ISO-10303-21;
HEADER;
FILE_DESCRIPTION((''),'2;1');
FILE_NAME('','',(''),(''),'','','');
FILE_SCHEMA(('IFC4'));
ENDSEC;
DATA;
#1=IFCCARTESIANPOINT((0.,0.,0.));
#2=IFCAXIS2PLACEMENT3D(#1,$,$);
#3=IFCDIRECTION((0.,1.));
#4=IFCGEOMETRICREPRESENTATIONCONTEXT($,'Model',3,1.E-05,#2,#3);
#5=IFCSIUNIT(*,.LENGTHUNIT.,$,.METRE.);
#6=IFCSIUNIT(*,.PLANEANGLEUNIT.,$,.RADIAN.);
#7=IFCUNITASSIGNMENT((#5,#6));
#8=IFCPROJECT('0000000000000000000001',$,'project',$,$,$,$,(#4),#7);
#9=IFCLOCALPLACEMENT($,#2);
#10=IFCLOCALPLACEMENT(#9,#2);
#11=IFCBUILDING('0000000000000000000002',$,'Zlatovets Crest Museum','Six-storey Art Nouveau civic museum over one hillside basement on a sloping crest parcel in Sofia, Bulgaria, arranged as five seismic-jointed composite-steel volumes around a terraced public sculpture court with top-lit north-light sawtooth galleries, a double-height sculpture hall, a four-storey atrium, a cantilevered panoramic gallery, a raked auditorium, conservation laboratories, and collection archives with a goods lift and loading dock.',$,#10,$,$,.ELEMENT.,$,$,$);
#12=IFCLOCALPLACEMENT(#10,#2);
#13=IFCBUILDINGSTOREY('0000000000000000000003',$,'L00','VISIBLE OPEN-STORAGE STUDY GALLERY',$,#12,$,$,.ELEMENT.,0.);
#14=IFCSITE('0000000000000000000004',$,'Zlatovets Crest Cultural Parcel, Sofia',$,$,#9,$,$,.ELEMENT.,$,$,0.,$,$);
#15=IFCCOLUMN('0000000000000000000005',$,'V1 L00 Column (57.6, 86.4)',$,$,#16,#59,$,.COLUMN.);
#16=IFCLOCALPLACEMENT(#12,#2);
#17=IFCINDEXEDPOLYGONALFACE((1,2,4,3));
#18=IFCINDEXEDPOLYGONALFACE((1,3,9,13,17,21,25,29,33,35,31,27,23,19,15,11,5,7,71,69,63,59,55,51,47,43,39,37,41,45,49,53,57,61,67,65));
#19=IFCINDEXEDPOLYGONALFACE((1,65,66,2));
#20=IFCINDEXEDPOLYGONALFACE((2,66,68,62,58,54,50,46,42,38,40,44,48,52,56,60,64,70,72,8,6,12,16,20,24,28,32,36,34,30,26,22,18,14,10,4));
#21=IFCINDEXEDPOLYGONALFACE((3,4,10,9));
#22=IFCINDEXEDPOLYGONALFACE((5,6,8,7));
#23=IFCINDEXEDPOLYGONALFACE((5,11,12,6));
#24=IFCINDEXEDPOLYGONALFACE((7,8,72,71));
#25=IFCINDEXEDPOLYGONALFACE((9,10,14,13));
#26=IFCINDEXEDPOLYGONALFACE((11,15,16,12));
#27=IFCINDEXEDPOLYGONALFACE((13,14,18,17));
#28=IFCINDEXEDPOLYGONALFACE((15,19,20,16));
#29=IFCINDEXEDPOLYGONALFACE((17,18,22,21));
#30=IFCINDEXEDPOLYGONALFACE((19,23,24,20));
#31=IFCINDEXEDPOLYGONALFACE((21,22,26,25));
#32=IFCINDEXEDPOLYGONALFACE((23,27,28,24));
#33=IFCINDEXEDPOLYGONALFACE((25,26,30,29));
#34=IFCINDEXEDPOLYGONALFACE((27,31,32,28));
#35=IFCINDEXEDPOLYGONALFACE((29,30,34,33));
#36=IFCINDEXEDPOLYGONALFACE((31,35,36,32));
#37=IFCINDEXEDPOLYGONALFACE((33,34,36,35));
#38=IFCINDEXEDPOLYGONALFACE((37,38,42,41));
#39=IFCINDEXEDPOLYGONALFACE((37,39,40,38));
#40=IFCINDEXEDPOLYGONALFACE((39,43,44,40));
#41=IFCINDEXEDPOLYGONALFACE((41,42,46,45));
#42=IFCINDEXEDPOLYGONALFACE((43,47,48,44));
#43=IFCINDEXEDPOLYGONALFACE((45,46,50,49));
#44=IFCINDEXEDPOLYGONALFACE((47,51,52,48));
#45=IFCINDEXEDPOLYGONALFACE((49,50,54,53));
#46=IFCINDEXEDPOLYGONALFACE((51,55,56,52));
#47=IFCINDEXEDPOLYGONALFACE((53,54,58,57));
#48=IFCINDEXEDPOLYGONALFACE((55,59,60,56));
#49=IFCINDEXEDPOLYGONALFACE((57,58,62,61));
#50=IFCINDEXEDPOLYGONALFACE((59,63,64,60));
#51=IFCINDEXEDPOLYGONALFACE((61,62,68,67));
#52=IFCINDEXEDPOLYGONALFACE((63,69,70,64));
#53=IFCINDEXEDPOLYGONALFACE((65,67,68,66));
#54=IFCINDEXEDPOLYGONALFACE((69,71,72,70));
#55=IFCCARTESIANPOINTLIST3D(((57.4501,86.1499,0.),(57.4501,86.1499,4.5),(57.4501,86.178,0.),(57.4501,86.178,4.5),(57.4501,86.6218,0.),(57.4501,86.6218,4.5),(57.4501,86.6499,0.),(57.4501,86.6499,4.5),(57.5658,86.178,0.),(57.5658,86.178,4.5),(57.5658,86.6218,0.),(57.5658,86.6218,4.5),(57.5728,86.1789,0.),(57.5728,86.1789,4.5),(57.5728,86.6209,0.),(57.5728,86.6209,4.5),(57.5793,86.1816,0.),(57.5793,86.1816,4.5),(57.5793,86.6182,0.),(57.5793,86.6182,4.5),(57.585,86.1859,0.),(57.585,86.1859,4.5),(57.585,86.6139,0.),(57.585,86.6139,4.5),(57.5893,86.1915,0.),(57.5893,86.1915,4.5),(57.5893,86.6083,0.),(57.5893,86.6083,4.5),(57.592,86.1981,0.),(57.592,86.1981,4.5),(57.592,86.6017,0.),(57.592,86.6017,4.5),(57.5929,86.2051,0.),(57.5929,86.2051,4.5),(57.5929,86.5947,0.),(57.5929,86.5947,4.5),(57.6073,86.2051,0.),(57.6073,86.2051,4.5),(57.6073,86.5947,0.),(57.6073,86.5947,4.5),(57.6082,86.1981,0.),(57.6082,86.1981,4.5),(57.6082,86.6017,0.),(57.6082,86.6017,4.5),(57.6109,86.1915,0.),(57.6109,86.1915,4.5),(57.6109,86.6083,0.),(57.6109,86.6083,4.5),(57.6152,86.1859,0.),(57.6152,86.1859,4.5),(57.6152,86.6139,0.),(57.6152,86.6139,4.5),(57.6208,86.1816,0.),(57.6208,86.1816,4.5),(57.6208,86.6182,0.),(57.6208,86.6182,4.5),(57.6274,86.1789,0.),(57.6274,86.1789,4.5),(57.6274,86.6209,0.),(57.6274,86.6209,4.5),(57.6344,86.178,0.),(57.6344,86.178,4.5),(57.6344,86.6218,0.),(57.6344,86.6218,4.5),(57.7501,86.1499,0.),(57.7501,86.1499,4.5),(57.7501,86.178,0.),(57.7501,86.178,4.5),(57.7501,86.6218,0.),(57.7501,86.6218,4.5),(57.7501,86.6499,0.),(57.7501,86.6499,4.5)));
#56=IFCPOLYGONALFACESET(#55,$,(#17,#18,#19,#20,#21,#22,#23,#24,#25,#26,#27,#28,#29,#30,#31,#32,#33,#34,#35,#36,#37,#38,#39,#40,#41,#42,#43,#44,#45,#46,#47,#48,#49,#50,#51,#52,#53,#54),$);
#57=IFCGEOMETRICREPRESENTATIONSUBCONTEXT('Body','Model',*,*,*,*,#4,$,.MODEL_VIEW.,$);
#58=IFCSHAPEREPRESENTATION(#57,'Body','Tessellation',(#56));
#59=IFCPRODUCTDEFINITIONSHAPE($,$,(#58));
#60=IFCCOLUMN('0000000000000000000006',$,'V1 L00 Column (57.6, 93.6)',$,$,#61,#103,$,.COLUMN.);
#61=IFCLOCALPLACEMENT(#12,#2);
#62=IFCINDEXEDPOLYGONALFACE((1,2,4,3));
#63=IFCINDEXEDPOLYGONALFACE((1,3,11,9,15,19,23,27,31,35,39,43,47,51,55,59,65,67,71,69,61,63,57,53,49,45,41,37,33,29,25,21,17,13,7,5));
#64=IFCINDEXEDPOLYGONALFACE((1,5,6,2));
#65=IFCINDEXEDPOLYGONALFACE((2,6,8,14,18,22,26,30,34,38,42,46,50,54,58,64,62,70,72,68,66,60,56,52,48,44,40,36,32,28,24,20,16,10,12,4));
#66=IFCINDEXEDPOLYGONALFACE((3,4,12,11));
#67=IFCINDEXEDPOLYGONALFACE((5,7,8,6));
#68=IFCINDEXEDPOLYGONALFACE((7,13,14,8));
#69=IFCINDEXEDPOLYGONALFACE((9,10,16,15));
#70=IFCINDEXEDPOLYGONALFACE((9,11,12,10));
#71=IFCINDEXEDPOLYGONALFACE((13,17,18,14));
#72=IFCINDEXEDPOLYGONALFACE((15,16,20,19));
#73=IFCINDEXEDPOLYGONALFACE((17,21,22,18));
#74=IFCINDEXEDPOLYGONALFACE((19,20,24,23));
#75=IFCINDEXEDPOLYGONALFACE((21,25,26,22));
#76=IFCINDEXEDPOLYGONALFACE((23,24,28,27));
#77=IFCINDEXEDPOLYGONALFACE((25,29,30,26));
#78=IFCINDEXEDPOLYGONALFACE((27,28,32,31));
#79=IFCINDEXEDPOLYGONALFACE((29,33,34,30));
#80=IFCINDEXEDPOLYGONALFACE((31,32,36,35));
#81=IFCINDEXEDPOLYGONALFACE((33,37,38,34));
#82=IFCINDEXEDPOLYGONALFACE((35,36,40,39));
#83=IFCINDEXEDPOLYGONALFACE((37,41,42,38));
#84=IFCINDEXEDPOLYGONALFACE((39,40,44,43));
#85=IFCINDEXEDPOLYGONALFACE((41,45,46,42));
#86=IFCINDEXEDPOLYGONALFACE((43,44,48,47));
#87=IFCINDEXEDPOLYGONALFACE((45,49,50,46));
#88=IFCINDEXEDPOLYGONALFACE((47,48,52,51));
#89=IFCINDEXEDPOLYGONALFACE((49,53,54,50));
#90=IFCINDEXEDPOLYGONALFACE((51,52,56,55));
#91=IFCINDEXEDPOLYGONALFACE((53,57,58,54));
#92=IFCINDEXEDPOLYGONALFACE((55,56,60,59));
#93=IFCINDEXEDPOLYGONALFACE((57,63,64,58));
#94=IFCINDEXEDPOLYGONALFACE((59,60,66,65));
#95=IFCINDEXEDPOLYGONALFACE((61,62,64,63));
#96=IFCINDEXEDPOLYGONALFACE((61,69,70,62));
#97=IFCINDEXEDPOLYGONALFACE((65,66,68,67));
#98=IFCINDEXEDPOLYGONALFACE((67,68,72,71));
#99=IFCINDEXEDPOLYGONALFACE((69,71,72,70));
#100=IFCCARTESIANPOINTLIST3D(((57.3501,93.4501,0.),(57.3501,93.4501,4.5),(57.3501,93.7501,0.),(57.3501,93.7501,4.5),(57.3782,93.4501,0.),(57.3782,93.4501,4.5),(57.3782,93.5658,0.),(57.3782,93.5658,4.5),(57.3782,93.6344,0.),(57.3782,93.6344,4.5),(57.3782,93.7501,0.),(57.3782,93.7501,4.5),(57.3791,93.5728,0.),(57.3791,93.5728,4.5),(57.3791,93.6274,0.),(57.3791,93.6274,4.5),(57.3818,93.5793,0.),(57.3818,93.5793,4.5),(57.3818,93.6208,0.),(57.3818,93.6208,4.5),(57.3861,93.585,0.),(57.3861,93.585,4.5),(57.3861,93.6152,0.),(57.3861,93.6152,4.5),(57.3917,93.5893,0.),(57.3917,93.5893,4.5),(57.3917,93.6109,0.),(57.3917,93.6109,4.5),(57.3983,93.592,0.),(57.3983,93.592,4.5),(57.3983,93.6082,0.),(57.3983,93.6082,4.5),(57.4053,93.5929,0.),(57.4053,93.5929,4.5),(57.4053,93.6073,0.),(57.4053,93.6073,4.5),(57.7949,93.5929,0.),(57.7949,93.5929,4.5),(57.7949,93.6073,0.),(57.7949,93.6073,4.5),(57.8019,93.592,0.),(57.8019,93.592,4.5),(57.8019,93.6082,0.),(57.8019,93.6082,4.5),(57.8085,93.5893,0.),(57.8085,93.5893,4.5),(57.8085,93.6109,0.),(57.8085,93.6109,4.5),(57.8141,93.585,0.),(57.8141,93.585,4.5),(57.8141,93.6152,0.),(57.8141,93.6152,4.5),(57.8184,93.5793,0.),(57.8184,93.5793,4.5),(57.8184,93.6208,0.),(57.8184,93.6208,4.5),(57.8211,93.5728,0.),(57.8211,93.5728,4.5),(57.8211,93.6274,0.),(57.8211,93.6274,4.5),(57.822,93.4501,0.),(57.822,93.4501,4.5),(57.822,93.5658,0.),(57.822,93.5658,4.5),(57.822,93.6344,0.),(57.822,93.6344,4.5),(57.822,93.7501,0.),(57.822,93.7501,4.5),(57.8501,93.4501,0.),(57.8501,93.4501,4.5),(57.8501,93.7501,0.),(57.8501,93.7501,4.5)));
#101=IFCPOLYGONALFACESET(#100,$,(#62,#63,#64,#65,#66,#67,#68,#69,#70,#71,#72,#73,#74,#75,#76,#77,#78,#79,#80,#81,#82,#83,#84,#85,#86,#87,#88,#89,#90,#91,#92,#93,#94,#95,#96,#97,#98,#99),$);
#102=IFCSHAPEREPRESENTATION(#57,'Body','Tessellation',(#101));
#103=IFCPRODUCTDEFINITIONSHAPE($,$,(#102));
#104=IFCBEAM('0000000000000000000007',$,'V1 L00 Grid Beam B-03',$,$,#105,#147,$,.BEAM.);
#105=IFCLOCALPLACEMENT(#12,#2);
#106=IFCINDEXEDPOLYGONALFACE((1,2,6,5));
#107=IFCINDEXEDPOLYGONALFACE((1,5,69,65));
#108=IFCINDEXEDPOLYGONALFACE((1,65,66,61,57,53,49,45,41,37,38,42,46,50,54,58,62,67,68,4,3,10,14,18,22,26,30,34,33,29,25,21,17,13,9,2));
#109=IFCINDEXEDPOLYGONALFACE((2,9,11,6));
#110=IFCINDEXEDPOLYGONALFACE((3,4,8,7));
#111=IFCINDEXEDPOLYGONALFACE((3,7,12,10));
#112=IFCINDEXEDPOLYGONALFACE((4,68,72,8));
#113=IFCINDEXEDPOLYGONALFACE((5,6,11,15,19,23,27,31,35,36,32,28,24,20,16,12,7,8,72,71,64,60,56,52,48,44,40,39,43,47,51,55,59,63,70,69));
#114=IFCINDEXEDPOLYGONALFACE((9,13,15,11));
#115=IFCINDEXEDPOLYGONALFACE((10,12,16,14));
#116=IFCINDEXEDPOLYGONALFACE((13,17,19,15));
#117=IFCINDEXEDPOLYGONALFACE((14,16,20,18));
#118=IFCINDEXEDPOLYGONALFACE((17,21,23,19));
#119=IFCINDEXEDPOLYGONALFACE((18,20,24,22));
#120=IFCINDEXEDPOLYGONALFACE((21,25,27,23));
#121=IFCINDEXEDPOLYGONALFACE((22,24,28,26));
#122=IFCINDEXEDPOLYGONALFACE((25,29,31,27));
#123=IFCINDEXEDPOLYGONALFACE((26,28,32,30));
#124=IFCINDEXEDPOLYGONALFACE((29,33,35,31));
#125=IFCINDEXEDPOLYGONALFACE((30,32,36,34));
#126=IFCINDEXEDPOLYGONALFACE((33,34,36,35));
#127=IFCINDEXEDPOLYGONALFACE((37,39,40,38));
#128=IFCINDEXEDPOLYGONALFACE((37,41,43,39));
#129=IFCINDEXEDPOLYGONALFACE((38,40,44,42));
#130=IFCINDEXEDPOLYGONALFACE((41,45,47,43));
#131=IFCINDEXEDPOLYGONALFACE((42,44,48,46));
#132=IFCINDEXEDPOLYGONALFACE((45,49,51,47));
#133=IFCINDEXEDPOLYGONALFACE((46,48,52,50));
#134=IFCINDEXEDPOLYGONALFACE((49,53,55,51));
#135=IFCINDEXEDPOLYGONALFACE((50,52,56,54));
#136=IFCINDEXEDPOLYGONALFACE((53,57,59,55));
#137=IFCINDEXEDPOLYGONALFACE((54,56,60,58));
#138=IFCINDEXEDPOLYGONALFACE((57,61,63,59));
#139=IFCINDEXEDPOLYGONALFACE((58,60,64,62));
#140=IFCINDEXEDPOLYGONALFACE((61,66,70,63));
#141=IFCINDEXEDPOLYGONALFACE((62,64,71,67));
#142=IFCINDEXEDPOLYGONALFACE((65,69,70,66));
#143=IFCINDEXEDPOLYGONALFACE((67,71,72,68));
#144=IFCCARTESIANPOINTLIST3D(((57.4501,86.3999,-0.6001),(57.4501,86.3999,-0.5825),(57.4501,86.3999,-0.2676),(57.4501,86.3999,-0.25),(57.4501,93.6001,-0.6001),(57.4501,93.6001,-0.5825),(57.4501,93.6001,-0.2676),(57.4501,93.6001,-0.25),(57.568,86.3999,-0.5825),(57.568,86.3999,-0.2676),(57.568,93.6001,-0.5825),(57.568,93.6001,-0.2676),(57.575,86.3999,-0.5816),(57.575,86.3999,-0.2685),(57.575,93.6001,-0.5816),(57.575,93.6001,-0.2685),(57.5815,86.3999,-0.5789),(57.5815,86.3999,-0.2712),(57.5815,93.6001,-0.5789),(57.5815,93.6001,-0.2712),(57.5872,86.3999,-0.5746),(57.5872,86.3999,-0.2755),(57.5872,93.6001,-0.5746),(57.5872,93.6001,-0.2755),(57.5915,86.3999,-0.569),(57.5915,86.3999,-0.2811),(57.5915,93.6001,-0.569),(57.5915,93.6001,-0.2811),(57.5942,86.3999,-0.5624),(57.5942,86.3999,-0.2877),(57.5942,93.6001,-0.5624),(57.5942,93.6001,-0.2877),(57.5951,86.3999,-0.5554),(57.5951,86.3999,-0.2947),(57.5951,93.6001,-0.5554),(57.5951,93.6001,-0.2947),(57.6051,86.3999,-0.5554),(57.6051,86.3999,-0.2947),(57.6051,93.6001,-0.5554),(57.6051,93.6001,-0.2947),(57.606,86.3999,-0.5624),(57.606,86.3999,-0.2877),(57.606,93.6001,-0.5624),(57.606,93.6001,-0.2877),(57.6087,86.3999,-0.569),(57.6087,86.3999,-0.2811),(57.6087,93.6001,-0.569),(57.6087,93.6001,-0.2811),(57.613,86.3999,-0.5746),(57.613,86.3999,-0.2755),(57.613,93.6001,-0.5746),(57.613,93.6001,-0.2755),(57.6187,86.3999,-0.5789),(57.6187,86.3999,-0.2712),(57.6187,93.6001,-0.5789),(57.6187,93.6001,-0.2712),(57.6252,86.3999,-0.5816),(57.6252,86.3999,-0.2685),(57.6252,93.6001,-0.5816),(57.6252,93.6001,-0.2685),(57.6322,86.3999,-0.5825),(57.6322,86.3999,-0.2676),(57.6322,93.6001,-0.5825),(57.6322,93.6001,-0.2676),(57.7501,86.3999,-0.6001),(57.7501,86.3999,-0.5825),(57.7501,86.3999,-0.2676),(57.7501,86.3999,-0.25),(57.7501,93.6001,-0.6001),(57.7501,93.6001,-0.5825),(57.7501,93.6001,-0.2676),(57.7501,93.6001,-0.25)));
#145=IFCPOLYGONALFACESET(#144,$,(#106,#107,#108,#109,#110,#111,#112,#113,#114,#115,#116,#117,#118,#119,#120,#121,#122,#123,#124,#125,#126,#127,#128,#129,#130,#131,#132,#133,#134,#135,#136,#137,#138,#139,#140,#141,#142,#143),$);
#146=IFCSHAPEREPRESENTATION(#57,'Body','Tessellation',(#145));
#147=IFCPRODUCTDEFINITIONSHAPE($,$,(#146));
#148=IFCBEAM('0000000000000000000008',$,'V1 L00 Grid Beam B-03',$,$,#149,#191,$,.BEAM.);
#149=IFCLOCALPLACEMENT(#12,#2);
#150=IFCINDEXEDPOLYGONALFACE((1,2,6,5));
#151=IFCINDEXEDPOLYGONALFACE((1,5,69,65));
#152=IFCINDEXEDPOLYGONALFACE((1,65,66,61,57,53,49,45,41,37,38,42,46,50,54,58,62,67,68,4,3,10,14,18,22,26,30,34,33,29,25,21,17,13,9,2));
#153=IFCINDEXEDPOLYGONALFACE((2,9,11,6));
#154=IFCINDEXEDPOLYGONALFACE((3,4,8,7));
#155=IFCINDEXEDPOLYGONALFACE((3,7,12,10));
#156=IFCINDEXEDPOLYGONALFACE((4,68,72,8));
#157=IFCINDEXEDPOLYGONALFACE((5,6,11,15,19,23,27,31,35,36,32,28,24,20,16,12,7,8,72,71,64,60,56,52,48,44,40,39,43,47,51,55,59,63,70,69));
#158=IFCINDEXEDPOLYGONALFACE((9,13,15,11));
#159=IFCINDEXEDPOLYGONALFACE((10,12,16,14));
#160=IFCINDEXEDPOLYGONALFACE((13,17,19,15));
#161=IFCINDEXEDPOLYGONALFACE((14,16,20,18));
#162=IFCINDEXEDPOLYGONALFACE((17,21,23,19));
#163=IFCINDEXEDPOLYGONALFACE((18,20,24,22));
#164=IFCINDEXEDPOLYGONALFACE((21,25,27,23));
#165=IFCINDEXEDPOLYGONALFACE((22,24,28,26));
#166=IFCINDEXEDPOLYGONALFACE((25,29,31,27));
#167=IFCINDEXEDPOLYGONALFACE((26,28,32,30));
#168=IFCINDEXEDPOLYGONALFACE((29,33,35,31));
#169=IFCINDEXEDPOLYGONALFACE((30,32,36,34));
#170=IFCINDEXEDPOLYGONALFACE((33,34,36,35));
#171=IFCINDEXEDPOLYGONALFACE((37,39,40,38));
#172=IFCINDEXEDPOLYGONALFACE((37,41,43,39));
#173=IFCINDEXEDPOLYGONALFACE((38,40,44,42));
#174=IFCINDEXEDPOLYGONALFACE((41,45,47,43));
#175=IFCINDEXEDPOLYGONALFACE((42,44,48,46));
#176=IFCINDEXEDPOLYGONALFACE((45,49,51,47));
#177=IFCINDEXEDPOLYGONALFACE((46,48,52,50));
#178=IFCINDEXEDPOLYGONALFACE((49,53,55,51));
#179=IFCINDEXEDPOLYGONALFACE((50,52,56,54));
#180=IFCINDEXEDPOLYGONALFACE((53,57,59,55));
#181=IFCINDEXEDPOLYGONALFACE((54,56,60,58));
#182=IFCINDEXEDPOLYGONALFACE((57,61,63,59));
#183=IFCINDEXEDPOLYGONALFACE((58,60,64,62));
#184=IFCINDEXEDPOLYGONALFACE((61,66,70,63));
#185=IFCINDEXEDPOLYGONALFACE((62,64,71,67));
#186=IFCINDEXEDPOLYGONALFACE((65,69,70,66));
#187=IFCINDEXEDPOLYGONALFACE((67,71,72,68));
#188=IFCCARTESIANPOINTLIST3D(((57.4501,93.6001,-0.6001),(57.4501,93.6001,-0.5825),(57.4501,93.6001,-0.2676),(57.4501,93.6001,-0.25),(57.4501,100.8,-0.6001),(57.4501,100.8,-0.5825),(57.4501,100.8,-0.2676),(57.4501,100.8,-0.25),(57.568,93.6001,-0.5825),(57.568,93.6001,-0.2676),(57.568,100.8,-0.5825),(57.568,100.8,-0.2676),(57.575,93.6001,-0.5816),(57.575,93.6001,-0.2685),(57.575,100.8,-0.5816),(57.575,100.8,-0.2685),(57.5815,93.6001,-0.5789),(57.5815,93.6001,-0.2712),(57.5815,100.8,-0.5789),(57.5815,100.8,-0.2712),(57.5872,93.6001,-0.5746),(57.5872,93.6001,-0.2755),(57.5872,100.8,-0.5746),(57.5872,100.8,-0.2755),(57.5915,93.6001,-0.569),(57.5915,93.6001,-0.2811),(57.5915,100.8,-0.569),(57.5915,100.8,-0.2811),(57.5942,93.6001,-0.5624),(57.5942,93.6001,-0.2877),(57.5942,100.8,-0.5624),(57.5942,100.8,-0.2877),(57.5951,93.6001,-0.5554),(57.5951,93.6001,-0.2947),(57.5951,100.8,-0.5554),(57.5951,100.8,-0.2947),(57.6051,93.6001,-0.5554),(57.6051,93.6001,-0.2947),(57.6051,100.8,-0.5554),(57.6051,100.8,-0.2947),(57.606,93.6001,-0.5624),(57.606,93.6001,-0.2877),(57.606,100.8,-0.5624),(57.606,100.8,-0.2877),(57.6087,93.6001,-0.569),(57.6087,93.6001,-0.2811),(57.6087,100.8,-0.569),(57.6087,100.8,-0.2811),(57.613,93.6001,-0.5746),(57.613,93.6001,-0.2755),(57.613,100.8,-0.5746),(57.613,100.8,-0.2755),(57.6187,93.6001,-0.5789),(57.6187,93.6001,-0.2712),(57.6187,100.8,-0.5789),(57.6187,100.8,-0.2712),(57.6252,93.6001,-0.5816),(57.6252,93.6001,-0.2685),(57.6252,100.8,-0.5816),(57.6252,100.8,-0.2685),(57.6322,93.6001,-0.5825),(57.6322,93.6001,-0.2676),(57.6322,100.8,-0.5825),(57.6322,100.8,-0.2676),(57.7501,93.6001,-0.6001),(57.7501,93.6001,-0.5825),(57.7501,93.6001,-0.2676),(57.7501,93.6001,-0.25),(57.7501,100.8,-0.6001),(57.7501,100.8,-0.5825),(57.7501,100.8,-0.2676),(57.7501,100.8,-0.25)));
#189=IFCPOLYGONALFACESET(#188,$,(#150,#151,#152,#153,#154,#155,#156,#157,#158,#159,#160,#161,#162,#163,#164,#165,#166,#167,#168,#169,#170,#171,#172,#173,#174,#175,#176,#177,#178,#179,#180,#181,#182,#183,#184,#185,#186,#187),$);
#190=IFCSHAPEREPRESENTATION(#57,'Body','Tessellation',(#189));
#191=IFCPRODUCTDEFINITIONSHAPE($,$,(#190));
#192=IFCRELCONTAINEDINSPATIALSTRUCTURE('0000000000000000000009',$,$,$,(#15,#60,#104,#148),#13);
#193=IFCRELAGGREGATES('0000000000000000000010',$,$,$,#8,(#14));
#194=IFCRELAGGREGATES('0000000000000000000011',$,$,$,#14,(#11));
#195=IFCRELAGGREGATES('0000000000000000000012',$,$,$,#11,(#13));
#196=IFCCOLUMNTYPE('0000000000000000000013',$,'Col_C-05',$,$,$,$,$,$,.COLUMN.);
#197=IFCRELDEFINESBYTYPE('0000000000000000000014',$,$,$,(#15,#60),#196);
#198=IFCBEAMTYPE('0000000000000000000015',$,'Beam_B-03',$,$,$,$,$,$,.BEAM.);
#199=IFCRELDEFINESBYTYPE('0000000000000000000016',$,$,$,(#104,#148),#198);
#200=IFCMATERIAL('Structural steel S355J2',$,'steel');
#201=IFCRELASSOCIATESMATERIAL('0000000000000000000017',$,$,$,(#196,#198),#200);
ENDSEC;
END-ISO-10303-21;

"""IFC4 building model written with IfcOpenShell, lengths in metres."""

from ifc_helpers import new_model, si_unit, direction, frame, origin, origin_2d, place, context, subcontext, project, spatial, i_section, extrude, material, material_profile, profile_set, type_object, element, save


model = new_model("IFC4")

# Units and contexts
model_context = context("Model", 3, precision=1e-05, world=origin(), true_north=direction((0.0, 1.0)))
body_context = subcontext(model_context, "Body", "Model", "MODEL_VIEW")
ifc_project = project(units=[si_unit("LENGTHUNIT", "METRE"), si_unit("PLANEANGLEUNIT", "RADIAN")], contexts=[model_context])

# Site, building, storey
site_placement = place(None, origin())
site = spatial("IfcSite", under=ifc_project, at=site_placement, Name="Zlatovets Crest Cultural Parcel, Sofia", CompositionType="ELEMENT", RefElevation=0.0)
building_placement = place(site_placement, origin())
building = spatial("IfcBuilding", under=site, at=building_placement, Name="Zlatovets Crest Museum", Description="Six-storey Art Nouveau civic museum over one hillside basement on a sloping crest parcel in Sofia, Bulgaria, arranged as five seismic-jointed composite-steel volumes around a terraced public sculpture court with top-lit north-light sawtooth galleries, a double-height sculpture hall, a four-storey atrium, a cantilevered panoramic gallery, a raked auditorium, conservation laboratories, and collection archives with a goods lift and loading dock.", CompositionType="ELEMENT")
storey_placement = place(building_placement, origin())
storey = spatial("IfcBuildingStorey", under=building, at=storey_placement, Name="L00", Description="VISIBLE OPEN-STORAGE STUDY GALLERY", CompositionType="ELEMENT", Elevation=0.0)

# Columns
ifc_material_1 = material(Name="Structural steel S355J2", Category="steel")
ifc_material_profile_1 = material_profile(ifc_material_1, i_section(OverallWidth=0.3, OverallDepth=0.5, WebThickness=0.0144, FlangeThickness=0.0281, FilletRadius=0.0271, at=origin_2d()), Name="HEB 500")
ifc_profile_set_1 = profile_set([ifc_material_profile_1], Name="Structural steel S355J2")
column_type = type_object("IfcColumnType", Name="Col_C-05", PredefinedType="COLUMN", material=ifc_profile_set_1)
for number, where, z_axis, x_axis, name in (
    (1, (57.6001, 86.3999, 0.0), (0.0, 0.0, 1.0), (1.0, 0.0, 0.0), "V1 L00 Column (57.6, 86.4)"),
    (2, (57.6001, 93.6001, 0.0), (0.0, 0.0, 1.0), (0.0, 1.0, 0.0), "V1 L00 Column (57.6, 93.6)"),
):
    element("IfcColumn", number, at=place(storey_placement, frame(where, z_axis=z_axis, x_axis=x_axis)), inside=storey, type_object=column_type, Name=name, PredefinedType="COLUMN", context=body_context, shape_type="SweptSolid", body=[
        extrude(i_section(OverallWidth=0.3, OverallDepth=0.5, WebThickness=0.0144, FlangeThickness=0.0281, FilletRadius=0.0271, at=origin_2d()), origin(), (0.0, 0.0, 1.0), 4.5),
    ])

# Beams
ifc_material_profile_2 = material_profile(ifc_material_1, i_section(OverallWidth=0.3, OverallDepth=0.3501, WebThickness=0.01, FlangeThickness=0.0176, FilletRadius=0.0271, at=origin_2d()), Name="HEA 360")
ifc_profile_set_2 = profile_set([ifc_material_profile_2], Name="Structural steel S355J2")
beam_type_1 = type_object("IfcBeamType", Name="Beam_B-03", PredefinedType="BEAM", material=ifc_profile_set_2)
beam_1_placement = place(storey_placement, frame((57.6001, 86.3999, -0.425), z_axis=(0.0, 1.0, 0.0), x_axis=(-1.0, 0.0, 0.0)))
element("IfcBeam", 3, at=beam_1_placement, inside=storey, type_object=beam_type_1, Name="V1 L00 Grid Beam B-03", PredefinedType="BEAM", context=body_context, shape_type="SweptSolid", body=[
    extrude(i_section(OverallWidth=0.3, OverallDepth=0.3501, WebThickness=0.01, FlangeThickness=0.0176, FilletRadius=0.0271, at=origin_2d()), origin(), (0.0, 0.0, 1.0), 7.2002),
])
beam_2_placement = place(storey_placement, frame((57.6001, 93.6001, -0.425), z_axis=(0.0, 1.0, 0.0), x_axis=(-1.0, 0.0, 0.0)))
element("IfcBeam", 4, at=beam_2_placement, inside=storey, type_object=beam_type_1, Name="V1 L00 Grid Beam B-03", PredefinedType="BEAM", context=body_context, shape_type="SweptSolid", body=[
    extrude(i_section(OverallWidth=0.3, OverallDepth=0.3501, WebThickness=0.01, FlangeThickness=0.0176, FilletRadius=0.0271, at=origin_2d()), origin(), (0.0, 0.0, 1.0), 7.2),
])

save(model, "model.ifc")
